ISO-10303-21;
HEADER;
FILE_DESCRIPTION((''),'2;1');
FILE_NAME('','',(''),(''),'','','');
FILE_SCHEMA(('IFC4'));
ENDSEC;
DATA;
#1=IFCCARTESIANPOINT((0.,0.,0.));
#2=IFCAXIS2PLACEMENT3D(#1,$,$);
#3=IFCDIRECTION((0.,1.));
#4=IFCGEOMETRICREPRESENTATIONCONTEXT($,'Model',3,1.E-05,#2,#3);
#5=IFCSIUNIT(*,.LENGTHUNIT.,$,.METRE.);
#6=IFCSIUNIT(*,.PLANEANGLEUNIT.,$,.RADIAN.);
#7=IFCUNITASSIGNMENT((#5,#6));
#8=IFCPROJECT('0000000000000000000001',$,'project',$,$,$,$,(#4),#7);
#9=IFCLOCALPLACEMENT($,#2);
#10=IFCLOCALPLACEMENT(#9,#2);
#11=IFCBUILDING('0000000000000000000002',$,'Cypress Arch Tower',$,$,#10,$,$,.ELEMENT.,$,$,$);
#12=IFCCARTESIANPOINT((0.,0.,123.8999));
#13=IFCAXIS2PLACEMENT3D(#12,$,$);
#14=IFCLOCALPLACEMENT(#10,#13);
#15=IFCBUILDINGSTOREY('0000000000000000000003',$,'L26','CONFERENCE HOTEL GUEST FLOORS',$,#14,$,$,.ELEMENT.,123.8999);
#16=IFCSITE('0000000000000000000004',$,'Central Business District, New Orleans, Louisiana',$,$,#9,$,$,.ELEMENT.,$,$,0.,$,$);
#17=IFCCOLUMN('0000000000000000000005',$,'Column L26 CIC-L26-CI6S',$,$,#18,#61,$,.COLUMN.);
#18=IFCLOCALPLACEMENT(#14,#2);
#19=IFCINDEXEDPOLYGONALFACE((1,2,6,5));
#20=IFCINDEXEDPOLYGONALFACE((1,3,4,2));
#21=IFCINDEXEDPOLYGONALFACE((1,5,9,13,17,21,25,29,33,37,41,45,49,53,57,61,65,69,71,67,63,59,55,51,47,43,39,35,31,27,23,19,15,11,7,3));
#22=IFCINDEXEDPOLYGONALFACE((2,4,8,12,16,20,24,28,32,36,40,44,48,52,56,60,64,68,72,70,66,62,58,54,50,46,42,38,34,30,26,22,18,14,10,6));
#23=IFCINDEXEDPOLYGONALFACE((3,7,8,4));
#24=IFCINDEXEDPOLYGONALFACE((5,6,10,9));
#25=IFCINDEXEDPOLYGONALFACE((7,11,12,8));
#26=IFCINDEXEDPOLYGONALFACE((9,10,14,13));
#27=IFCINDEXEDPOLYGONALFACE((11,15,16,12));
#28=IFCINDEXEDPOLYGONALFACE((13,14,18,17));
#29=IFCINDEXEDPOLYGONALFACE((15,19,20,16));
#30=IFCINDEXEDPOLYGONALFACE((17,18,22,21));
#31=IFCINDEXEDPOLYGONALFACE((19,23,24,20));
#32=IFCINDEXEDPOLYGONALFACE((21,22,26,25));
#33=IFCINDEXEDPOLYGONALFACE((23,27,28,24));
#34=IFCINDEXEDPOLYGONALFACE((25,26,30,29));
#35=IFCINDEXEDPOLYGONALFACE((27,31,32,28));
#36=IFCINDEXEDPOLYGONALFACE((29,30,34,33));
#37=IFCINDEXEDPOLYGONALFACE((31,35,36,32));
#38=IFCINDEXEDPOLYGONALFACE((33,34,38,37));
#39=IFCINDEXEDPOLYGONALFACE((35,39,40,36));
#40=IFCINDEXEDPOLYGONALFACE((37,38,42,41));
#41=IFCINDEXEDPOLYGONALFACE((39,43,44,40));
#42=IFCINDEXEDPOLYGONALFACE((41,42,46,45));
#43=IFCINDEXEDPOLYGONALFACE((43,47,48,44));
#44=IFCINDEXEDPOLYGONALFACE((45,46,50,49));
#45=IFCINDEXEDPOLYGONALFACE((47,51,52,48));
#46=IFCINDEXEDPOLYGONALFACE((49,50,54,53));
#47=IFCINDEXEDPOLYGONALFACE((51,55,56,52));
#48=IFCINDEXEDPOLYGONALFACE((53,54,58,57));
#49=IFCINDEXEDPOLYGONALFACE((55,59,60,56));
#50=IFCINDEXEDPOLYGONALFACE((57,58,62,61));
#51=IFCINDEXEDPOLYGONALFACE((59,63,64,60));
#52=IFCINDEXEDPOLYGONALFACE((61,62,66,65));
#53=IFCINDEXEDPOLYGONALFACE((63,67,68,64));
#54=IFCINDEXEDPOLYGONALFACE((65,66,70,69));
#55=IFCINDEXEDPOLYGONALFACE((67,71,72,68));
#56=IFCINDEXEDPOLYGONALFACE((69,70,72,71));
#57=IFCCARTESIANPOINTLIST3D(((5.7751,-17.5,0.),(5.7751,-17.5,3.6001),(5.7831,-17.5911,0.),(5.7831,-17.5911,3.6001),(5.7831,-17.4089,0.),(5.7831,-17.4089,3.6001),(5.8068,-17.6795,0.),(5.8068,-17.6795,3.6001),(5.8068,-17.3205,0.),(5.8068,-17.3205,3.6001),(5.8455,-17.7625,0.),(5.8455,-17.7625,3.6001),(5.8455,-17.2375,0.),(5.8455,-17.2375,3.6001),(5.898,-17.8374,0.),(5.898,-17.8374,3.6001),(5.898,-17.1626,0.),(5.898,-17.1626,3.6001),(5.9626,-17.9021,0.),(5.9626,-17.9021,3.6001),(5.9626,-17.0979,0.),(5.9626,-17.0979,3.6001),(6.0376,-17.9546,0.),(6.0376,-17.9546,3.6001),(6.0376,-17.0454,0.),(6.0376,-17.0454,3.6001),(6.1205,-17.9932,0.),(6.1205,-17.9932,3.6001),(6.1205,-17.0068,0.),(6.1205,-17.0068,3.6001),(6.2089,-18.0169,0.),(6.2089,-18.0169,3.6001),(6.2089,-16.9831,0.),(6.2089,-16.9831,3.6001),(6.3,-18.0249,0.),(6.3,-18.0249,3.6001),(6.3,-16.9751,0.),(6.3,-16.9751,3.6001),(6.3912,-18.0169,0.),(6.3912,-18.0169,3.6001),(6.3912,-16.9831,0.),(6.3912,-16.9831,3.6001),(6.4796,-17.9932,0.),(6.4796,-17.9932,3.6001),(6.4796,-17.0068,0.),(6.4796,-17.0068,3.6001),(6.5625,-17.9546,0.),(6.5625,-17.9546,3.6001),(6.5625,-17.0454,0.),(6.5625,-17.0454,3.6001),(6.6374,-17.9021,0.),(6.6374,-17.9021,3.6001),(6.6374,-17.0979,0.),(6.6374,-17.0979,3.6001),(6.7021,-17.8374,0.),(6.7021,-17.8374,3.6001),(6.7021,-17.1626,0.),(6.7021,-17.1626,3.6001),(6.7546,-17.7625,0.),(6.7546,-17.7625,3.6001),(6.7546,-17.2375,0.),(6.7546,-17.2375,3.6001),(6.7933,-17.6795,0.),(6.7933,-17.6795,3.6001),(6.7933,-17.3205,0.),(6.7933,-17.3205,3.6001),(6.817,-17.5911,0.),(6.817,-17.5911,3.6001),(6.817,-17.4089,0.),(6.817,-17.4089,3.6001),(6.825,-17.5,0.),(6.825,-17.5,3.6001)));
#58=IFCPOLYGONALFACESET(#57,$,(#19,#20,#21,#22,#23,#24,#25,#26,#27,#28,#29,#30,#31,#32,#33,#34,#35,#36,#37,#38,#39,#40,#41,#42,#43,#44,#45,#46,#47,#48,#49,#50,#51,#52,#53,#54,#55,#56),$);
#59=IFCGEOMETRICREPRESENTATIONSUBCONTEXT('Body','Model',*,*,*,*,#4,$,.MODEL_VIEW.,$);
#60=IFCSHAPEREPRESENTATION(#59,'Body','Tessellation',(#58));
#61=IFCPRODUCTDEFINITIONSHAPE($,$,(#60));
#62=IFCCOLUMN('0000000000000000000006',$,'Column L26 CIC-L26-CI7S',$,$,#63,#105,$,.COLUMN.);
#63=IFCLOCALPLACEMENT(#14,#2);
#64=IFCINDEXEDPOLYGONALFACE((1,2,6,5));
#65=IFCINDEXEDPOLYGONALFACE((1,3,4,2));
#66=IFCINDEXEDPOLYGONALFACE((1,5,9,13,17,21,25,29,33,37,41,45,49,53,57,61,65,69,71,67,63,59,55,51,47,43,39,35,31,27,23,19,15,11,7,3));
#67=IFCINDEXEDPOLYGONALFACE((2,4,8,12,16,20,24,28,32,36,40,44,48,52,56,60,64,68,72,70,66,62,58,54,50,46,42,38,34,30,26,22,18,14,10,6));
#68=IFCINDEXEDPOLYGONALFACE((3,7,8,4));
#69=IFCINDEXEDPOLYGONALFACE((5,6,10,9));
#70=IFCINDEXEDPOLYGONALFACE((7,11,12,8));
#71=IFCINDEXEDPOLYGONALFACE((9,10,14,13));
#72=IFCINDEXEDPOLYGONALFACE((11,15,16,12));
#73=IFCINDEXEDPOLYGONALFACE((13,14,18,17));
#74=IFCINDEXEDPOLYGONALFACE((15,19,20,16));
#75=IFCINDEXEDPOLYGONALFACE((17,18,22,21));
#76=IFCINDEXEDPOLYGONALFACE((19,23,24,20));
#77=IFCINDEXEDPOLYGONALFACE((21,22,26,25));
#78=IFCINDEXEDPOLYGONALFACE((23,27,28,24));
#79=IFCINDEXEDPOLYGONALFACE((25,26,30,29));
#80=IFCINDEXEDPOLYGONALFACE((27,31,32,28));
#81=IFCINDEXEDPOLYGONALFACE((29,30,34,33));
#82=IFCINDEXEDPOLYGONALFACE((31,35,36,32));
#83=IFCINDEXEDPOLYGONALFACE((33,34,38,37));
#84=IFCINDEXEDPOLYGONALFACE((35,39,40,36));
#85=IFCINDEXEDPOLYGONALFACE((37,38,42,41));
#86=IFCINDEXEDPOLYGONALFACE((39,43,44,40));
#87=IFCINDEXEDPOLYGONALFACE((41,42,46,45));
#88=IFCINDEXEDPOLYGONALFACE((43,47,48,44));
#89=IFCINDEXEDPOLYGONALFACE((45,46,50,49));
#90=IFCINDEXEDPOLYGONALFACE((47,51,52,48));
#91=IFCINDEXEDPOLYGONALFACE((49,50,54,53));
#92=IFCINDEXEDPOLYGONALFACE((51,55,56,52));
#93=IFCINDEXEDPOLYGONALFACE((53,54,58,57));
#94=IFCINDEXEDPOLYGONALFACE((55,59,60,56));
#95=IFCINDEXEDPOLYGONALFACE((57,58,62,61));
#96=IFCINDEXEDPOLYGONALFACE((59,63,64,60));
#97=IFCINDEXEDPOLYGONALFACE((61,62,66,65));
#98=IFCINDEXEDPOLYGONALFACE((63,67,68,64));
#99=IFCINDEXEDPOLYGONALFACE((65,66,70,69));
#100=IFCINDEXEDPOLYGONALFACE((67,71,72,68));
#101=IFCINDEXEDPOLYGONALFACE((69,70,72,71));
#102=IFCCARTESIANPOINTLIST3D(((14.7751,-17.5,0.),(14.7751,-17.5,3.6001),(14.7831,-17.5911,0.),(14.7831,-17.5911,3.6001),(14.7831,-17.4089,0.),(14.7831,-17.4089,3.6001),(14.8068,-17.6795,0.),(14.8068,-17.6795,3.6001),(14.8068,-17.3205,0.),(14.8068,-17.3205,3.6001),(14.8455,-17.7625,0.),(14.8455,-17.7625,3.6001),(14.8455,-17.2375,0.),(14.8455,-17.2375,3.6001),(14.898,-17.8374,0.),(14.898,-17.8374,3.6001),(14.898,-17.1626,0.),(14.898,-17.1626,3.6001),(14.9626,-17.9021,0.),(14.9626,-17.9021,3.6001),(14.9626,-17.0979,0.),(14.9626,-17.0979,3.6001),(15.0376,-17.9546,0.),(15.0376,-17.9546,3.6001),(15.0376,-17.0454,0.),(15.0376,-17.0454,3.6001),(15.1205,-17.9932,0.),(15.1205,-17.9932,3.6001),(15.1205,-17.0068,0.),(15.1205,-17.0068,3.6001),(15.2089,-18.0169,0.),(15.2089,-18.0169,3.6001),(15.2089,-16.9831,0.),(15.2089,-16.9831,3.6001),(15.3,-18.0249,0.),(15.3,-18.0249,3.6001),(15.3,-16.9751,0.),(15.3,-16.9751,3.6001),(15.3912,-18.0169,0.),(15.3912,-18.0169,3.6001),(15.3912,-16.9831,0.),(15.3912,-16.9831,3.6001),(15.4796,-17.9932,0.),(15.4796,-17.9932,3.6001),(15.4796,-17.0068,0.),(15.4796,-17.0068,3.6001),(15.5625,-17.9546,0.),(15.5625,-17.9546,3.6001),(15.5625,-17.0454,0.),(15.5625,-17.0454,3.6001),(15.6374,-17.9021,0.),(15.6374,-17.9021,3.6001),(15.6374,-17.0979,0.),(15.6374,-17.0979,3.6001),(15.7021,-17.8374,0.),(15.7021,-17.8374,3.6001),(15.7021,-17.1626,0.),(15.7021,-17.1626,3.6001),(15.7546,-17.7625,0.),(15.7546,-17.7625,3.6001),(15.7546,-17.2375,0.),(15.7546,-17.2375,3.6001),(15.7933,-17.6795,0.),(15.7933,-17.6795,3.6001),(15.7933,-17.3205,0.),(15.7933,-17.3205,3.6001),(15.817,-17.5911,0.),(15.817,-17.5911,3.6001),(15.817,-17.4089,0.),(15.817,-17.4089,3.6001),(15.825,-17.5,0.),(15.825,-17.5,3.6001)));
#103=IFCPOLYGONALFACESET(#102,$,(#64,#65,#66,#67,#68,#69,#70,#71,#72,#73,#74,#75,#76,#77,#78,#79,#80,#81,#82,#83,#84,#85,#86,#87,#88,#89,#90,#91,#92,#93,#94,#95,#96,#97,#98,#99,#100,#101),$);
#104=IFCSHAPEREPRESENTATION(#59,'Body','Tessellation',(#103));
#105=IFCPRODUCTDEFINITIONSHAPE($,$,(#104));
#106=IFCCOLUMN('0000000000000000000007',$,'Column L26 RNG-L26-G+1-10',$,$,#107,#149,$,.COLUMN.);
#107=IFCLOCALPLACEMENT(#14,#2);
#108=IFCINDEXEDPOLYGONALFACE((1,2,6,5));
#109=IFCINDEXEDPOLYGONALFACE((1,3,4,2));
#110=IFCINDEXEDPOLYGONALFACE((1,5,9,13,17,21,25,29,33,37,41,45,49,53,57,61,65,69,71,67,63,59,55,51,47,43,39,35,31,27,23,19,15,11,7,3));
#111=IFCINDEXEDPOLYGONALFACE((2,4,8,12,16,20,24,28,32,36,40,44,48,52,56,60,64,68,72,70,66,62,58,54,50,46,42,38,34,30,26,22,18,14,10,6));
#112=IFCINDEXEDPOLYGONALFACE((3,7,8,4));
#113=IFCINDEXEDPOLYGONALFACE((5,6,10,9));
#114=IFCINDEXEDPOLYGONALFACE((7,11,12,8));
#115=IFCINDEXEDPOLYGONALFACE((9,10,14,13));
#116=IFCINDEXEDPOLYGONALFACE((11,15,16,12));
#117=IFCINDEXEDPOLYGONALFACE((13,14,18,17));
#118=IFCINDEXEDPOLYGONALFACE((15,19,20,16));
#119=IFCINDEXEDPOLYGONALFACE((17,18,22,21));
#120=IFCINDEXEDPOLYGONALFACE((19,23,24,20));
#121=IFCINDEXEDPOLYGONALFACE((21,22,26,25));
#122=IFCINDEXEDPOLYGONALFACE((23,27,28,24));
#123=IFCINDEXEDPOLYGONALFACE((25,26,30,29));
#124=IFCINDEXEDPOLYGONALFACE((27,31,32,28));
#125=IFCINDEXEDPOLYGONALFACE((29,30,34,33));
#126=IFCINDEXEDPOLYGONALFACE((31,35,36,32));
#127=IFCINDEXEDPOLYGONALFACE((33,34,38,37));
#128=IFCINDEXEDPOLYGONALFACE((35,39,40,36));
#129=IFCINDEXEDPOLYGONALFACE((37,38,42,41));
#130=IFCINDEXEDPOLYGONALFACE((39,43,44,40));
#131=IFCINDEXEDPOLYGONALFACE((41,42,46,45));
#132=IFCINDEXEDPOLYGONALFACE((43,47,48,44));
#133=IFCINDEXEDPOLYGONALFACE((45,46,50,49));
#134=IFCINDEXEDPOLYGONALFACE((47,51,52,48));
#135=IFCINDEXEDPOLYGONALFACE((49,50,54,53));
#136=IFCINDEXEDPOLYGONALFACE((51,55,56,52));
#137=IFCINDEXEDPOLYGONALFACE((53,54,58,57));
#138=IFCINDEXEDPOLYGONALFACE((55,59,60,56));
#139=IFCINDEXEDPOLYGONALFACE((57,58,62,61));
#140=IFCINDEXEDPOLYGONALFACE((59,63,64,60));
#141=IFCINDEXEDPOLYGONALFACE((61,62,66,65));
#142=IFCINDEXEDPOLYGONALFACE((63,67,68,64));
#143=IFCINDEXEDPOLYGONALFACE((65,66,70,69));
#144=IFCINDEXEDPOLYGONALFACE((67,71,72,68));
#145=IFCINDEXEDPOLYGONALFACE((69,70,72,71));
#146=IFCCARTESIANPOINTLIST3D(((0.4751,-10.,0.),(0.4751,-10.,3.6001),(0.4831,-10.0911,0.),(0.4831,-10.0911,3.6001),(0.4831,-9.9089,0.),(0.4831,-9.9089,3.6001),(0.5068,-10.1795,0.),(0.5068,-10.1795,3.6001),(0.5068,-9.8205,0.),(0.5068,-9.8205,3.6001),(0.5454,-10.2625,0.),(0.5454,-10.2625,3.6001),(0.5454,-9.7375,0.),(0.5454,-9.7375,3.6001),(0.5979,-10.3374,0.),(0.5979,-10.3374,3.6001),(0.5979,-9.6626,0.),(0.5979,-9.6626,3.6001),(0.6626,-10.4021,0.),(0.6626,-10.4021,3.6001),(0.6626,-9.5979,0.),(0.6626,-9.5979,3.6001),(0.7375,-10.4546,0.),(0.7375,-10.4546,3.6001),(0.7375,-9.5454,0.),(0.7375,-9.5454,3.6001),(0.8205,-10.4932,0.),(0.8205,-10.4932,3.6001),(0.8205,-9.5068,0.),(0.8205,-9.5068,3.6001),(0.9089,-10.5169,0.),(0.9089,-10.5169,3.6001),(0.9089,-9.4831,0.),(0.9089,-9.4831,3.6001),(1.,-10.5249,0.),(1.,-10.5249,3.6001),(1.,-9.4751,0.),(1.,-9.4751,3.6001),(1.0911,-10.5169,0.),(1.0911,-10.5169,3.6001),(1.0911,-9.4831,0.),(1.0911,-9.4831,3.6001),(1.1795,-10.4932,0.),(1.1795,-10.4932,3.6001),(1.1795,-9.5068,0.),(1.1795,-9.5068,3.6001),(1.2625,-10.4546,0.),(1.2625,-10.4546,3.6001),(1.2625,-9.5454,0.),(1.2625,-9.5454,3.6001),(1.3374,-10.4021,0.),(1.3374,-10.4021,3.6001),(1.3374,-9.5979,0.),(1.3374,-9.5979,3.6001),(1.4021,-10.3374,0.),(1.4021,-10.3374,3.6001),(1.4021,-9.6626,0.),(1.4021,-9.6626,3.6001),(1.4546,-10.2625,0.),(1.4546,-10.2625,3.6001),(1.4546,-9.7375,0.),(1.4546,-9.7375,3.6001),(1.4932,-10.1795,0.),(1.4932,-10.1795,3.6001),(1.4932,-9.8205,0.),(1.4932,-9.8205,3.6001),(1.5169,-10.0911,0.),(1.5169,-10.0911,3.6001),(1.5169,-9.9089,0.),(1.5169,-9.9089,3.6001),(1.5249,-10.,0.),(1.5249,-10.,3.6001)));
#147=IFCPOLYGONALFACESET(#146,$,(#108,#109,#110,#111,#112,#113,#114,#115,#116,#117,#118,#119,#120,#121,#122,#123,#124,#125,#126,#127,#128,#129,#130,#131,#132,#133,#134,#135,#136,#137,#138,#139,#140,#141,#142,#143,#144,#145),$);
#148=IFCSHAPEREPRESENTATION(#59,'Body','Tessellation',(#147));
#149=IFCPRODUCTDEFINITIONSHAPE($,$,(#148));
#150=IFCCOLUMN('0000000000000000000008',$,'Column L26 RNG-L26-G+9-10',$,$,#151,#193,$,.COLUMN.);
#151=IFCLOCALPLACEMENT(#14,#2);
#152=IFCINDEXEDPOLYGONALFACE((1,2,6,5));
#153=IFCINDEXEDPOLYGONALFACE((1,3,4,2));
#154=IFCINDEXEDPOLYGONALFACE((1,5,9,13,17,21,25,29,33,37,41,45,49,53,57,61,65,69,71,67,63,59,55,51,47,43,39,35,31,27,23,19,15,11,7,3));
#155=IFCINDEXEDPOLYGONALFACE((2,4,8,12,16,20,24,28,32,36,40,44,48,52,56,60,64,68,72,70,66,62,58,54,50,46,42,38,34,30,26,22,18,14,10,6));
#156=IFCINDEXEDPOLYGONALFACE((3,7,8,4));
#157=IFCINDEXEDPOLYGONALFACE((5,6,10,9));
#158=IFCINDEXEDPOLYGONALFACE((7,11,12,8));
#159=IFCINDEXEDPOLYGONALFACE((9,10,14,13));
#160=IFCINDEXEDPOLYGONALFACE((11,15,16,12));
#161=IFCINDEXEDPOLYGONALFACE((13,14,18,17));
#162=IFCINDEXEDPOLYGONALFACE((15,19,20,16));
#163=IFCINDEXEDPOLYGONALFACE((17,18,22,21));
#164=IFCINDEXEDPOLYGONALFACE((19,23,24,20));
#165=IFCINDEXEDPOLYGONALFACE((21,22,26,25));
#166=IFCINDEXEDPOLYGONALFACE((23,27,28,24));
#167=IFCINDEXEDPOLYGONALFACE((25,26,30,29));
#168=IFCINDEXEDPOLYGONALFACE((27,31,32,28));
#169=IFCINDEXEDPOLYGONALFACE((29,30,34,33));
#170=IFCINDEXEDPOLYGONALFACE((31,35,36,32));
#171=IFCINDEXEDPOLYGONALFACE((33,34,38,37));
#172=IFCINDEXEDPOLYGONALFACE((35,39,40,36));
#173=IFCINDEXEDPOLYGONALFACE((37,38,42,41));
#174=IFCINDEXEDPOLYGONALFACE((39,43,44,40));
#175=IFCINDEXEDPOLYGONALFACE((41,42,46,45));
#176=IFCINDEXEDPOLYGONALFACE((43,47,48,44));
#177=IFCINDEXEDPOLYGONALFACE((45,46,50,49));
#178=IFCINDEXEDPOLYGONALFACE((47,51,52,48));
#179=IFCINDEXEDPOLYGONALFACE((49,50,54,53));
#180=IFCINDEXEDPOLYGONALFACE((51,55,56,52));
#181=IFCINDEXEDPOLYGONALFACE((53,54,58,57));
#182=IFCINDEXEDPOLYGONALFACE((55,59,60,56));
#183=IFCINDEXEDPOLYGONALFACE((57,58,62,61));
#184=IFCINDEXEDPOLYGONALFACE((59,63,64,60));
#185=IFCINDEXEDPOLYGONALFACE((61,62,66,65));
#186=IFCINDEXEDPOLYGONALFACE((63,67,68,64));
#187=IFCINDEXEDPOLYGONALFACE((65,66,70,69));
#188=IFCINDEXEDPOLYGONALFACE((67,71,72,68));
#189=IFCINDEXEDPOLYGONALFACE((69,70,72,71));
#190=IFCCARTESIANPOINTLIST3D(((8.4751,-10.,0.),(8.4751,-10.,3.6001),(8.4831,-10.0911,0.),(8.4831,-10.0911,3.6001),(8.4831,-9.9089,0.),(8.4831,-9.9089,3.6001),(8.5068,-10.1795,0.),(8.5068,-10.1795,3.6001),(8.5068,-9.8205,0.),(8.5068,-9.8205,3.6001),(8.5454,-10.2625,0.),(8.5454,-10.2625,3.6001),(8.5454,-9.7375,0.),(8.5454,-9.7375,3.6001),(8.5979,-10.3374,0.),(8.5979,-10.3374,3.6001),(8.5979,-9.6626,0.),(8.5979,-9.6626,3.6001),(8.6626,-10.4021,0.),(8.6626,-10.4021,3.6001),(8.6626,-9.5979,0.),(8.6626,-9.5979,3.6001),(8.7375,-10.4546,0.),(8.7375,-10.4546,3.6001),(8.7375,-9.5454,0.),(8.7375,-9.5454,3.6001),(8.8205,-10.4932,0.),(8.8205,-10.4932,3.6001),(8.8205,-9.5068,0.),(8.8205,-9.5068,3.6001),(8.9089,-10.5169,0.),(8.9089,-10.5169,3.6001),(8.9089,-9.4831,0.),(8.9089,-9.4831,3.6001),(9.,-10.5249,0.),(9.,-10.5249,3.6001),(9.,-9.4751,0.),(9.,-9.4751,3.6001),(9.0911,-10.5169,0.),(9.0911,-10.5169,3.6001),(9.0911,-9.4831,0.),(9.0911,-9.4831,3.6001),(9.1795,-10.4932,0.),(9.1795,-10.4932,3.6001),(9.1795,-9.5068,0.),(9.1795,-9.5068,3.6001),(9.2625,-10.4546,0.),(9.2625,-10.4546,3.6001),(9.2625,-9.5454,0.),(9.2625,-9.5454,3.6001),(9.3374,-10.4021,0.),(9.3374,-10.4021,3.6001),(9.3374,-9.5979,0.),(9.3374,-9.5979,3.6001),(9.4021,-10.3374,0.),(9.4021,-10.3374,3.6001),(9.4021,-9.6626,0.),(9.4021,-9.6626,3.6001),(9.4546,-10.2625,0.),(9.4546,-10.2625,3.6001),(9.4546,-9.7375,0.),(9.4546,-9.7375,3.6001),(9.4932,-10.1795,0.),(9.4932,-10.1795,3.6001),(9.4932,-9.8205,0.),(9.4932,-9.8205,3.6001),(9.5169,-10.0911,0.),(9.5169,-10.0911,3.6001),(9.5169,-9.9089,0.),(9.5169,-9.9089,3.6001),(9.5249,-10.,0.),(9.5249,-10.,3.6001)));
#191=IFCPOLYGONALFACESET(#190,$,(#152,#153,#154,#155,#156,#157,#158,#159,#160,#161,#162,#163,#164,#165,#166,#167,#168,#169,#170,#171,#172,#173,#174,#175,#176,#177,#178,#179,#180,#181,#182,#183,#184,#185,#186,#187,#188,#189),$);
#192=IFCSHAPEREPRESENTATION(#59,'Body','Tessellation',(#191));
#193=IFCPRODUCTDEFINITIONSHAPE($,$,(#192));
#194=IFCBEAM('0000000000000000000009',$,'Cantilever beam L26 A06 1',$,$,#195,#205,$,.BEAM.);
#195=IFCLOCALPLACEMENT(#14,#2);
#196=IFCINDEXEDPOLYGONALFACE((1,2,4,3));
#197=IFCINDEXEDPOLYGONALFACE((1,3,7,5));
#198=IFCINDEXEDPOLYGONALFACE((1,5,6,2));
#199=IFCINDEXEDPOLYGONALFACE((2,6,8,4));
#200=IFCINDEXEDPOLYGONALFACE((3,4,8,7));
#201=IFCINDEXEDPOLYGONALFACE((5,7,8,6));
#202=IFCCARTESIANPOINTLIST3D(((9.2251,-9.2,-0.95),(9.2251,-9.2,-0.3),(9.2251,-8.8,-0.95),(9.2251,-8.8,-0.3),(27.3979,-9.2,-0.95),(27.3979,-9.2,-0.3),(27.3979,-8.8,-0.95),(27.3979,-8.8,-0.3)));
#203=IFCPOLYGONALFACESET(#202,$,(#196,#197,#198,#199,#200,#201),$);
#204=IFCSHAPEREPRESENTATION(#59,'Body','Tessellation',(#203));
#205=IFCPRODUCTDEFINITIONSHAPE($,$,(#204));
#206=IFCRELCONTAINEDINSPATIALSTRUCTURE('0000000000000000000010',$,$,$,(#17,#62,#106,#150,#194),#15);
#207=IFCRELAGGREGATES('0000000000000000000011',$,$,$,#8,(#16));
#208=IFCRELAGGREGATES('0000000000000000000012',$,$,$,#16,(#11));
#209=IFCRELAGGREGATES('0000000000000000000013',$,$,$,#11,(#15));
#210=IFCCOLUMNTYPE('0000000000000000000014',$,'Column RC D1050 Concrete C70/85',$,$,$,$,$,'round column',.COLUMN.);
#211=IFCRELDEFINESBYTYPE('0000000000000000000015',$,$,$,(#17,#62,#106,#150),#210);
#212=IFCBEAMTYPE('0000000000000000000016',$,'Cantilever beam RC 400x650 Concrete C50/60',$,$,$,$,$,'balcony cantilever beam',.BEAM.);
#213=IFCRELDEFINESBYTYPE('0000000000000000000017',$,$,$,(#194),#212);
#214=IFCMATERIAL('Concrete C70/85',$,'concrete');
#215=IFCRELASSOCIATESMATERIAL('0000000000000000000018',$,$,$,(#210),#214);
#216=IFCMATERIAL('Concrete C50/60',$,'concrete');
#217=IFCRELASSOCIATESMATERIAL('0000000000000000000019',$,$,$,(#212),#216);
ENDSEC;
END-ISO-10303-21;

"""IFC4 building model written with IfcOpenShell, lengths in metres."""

from ifc_helpers import new_model, si_unit, direction, frame, origin, origin_2d, place, context, subcontext, project, spatial, rectangle, circle, extrude, material, material_profile, profile_set, type_object, element, save


model = new_model("IFC4")

# Units and contexts
model_context = context("Model", 3, precision=1e-05, world=origin(), true_north=direction((0.0, 1.0)))
body_context = subcontext(model_context, "Body", "Model", "MODEL_VIEW")
ifc_project = project(units=[si_unit("LENGTHUNIT", "METRE"), si_unit("PLANEANGLEUNIT", "RADIAN")], contexts=[model_context])

# Site, building, storey
site_placement = place(None, origin())
site = spatial("IfcSite", under=ifc_project, at=site_placement, Name="Central Business District, New Orleans, Louisiana", CompositionType="ELEMENT", RefElevation=0.0)
building_placement = place(site_placement, origin())
building = spatial("IfcBuilding", under=site, at=building_placement, Name="Cypress Arch Tower", CompositionType="ELEMENT")
storey_placement = place(building_placement, frame((0.0, 0.0, 123.8999)))
storey = spatial("IfcBuildingStorey", under=building, at=storey_placement, Name="L26", Description="CONFERENCE HOTEL GUEST FLOORS", CompositionType="ELEMENT", Elevation=123.8999)

# Columns
ifc_material_1 = material(Name="Concrete C70/85", Category="concrete")
ifc_material_profile_1 = material_profile(ifc_material_1, circle(Radius=0.5249, at=origin_2d()), Name="RC D1050")
ifc_profile_set_1 = profile_set([ifc_material_profile_1], Name="Concrete C70/85")
column_type = type_object("IfcColumnType", Name="Column RC D1050 Concrete C70/85", ElementType="round column", PredefinedType="COLUMN", material=ifc_profile_set_1)
for number, where, z_axis, x_axis, name in (
    (1, (6.3, -17.5, 0.0), (0.0, 0.0, 1.0), (1.0, 0.0, 0.0), "Column L26 CIC-L26-CI6S"),
    (2, (15.3, -17.5, 0.0), (0.0, 0.0, 1.0), (1.0, 0.0, 0.0), "Column L26 CIC-L26-CI7S"),
    (3, (1.0, -10.0, 0.0), (0.0, 0.0, 1.0), (1.0, 0.0, 0.0), "Column L26 RNG-L26-G+1-10"),
    (4, (9.0, -10.0, 0.0), (0.0, 0.0, 1.0), (1.0, 0.0, 0.0), "Column L26 RNG-L26-G+9-10"),
):
    element("IfcColumn", number, at=place(storey_placement, frame(where, z_axis=z_axis, x_axis=x_axis)), inside=storey, type_object=column_type, Name=name, PredefinedType="COLUMN", context=body_context, shape_type="SweptSolid", body=[
        extrude(circle(Radius=0.5249, at=origin_2d()), origin(), (0.0, 0.0, 1.0), 3.6001),
    ])

# Beam
ifc_material_2 = material(Name="Concrete C50/60", Category="concrete")
ifc_material_profile_2 = material_profile(ifc_material_2, rectangle(XDim=0.3999, YDim=0.6499, at=origin_2d()), Name="RC 400x650")
ifc_profile_set_2 = profile_set([ifc_material_profile_2], Name="Concrete C50/60")
beam_type_1 = type_object("IfcBeamType", Name="Cantilever beam RC 400x650 Concrete C50/60", ElementType="balcony cantilever beam", PredefinedType="BEAM", material=ifc_profile_set_2)
beam_1_placement = place(storey_placement, frame((9.2251, -9.0, -0.625), z_axis=(1.0, 0.0, 0.0), x_axis=(0.0, 1.0, 0.0)))
element("IfcBeam", 5, at=beam_1_placement, inside=storey, type_object=beam_type_1, Name="Cantilever beam L26 A06 1", PredefinedType="BEAM", context=body_context, shape_type="SweptSolid", body=[
    extrude(rectangle(XDim=0.3999, YDim=0.6499, at=origin_2d()), origin(), (0.0, 0.0, 1.0), 18.1729),
])

save(model, "model.ifc")
